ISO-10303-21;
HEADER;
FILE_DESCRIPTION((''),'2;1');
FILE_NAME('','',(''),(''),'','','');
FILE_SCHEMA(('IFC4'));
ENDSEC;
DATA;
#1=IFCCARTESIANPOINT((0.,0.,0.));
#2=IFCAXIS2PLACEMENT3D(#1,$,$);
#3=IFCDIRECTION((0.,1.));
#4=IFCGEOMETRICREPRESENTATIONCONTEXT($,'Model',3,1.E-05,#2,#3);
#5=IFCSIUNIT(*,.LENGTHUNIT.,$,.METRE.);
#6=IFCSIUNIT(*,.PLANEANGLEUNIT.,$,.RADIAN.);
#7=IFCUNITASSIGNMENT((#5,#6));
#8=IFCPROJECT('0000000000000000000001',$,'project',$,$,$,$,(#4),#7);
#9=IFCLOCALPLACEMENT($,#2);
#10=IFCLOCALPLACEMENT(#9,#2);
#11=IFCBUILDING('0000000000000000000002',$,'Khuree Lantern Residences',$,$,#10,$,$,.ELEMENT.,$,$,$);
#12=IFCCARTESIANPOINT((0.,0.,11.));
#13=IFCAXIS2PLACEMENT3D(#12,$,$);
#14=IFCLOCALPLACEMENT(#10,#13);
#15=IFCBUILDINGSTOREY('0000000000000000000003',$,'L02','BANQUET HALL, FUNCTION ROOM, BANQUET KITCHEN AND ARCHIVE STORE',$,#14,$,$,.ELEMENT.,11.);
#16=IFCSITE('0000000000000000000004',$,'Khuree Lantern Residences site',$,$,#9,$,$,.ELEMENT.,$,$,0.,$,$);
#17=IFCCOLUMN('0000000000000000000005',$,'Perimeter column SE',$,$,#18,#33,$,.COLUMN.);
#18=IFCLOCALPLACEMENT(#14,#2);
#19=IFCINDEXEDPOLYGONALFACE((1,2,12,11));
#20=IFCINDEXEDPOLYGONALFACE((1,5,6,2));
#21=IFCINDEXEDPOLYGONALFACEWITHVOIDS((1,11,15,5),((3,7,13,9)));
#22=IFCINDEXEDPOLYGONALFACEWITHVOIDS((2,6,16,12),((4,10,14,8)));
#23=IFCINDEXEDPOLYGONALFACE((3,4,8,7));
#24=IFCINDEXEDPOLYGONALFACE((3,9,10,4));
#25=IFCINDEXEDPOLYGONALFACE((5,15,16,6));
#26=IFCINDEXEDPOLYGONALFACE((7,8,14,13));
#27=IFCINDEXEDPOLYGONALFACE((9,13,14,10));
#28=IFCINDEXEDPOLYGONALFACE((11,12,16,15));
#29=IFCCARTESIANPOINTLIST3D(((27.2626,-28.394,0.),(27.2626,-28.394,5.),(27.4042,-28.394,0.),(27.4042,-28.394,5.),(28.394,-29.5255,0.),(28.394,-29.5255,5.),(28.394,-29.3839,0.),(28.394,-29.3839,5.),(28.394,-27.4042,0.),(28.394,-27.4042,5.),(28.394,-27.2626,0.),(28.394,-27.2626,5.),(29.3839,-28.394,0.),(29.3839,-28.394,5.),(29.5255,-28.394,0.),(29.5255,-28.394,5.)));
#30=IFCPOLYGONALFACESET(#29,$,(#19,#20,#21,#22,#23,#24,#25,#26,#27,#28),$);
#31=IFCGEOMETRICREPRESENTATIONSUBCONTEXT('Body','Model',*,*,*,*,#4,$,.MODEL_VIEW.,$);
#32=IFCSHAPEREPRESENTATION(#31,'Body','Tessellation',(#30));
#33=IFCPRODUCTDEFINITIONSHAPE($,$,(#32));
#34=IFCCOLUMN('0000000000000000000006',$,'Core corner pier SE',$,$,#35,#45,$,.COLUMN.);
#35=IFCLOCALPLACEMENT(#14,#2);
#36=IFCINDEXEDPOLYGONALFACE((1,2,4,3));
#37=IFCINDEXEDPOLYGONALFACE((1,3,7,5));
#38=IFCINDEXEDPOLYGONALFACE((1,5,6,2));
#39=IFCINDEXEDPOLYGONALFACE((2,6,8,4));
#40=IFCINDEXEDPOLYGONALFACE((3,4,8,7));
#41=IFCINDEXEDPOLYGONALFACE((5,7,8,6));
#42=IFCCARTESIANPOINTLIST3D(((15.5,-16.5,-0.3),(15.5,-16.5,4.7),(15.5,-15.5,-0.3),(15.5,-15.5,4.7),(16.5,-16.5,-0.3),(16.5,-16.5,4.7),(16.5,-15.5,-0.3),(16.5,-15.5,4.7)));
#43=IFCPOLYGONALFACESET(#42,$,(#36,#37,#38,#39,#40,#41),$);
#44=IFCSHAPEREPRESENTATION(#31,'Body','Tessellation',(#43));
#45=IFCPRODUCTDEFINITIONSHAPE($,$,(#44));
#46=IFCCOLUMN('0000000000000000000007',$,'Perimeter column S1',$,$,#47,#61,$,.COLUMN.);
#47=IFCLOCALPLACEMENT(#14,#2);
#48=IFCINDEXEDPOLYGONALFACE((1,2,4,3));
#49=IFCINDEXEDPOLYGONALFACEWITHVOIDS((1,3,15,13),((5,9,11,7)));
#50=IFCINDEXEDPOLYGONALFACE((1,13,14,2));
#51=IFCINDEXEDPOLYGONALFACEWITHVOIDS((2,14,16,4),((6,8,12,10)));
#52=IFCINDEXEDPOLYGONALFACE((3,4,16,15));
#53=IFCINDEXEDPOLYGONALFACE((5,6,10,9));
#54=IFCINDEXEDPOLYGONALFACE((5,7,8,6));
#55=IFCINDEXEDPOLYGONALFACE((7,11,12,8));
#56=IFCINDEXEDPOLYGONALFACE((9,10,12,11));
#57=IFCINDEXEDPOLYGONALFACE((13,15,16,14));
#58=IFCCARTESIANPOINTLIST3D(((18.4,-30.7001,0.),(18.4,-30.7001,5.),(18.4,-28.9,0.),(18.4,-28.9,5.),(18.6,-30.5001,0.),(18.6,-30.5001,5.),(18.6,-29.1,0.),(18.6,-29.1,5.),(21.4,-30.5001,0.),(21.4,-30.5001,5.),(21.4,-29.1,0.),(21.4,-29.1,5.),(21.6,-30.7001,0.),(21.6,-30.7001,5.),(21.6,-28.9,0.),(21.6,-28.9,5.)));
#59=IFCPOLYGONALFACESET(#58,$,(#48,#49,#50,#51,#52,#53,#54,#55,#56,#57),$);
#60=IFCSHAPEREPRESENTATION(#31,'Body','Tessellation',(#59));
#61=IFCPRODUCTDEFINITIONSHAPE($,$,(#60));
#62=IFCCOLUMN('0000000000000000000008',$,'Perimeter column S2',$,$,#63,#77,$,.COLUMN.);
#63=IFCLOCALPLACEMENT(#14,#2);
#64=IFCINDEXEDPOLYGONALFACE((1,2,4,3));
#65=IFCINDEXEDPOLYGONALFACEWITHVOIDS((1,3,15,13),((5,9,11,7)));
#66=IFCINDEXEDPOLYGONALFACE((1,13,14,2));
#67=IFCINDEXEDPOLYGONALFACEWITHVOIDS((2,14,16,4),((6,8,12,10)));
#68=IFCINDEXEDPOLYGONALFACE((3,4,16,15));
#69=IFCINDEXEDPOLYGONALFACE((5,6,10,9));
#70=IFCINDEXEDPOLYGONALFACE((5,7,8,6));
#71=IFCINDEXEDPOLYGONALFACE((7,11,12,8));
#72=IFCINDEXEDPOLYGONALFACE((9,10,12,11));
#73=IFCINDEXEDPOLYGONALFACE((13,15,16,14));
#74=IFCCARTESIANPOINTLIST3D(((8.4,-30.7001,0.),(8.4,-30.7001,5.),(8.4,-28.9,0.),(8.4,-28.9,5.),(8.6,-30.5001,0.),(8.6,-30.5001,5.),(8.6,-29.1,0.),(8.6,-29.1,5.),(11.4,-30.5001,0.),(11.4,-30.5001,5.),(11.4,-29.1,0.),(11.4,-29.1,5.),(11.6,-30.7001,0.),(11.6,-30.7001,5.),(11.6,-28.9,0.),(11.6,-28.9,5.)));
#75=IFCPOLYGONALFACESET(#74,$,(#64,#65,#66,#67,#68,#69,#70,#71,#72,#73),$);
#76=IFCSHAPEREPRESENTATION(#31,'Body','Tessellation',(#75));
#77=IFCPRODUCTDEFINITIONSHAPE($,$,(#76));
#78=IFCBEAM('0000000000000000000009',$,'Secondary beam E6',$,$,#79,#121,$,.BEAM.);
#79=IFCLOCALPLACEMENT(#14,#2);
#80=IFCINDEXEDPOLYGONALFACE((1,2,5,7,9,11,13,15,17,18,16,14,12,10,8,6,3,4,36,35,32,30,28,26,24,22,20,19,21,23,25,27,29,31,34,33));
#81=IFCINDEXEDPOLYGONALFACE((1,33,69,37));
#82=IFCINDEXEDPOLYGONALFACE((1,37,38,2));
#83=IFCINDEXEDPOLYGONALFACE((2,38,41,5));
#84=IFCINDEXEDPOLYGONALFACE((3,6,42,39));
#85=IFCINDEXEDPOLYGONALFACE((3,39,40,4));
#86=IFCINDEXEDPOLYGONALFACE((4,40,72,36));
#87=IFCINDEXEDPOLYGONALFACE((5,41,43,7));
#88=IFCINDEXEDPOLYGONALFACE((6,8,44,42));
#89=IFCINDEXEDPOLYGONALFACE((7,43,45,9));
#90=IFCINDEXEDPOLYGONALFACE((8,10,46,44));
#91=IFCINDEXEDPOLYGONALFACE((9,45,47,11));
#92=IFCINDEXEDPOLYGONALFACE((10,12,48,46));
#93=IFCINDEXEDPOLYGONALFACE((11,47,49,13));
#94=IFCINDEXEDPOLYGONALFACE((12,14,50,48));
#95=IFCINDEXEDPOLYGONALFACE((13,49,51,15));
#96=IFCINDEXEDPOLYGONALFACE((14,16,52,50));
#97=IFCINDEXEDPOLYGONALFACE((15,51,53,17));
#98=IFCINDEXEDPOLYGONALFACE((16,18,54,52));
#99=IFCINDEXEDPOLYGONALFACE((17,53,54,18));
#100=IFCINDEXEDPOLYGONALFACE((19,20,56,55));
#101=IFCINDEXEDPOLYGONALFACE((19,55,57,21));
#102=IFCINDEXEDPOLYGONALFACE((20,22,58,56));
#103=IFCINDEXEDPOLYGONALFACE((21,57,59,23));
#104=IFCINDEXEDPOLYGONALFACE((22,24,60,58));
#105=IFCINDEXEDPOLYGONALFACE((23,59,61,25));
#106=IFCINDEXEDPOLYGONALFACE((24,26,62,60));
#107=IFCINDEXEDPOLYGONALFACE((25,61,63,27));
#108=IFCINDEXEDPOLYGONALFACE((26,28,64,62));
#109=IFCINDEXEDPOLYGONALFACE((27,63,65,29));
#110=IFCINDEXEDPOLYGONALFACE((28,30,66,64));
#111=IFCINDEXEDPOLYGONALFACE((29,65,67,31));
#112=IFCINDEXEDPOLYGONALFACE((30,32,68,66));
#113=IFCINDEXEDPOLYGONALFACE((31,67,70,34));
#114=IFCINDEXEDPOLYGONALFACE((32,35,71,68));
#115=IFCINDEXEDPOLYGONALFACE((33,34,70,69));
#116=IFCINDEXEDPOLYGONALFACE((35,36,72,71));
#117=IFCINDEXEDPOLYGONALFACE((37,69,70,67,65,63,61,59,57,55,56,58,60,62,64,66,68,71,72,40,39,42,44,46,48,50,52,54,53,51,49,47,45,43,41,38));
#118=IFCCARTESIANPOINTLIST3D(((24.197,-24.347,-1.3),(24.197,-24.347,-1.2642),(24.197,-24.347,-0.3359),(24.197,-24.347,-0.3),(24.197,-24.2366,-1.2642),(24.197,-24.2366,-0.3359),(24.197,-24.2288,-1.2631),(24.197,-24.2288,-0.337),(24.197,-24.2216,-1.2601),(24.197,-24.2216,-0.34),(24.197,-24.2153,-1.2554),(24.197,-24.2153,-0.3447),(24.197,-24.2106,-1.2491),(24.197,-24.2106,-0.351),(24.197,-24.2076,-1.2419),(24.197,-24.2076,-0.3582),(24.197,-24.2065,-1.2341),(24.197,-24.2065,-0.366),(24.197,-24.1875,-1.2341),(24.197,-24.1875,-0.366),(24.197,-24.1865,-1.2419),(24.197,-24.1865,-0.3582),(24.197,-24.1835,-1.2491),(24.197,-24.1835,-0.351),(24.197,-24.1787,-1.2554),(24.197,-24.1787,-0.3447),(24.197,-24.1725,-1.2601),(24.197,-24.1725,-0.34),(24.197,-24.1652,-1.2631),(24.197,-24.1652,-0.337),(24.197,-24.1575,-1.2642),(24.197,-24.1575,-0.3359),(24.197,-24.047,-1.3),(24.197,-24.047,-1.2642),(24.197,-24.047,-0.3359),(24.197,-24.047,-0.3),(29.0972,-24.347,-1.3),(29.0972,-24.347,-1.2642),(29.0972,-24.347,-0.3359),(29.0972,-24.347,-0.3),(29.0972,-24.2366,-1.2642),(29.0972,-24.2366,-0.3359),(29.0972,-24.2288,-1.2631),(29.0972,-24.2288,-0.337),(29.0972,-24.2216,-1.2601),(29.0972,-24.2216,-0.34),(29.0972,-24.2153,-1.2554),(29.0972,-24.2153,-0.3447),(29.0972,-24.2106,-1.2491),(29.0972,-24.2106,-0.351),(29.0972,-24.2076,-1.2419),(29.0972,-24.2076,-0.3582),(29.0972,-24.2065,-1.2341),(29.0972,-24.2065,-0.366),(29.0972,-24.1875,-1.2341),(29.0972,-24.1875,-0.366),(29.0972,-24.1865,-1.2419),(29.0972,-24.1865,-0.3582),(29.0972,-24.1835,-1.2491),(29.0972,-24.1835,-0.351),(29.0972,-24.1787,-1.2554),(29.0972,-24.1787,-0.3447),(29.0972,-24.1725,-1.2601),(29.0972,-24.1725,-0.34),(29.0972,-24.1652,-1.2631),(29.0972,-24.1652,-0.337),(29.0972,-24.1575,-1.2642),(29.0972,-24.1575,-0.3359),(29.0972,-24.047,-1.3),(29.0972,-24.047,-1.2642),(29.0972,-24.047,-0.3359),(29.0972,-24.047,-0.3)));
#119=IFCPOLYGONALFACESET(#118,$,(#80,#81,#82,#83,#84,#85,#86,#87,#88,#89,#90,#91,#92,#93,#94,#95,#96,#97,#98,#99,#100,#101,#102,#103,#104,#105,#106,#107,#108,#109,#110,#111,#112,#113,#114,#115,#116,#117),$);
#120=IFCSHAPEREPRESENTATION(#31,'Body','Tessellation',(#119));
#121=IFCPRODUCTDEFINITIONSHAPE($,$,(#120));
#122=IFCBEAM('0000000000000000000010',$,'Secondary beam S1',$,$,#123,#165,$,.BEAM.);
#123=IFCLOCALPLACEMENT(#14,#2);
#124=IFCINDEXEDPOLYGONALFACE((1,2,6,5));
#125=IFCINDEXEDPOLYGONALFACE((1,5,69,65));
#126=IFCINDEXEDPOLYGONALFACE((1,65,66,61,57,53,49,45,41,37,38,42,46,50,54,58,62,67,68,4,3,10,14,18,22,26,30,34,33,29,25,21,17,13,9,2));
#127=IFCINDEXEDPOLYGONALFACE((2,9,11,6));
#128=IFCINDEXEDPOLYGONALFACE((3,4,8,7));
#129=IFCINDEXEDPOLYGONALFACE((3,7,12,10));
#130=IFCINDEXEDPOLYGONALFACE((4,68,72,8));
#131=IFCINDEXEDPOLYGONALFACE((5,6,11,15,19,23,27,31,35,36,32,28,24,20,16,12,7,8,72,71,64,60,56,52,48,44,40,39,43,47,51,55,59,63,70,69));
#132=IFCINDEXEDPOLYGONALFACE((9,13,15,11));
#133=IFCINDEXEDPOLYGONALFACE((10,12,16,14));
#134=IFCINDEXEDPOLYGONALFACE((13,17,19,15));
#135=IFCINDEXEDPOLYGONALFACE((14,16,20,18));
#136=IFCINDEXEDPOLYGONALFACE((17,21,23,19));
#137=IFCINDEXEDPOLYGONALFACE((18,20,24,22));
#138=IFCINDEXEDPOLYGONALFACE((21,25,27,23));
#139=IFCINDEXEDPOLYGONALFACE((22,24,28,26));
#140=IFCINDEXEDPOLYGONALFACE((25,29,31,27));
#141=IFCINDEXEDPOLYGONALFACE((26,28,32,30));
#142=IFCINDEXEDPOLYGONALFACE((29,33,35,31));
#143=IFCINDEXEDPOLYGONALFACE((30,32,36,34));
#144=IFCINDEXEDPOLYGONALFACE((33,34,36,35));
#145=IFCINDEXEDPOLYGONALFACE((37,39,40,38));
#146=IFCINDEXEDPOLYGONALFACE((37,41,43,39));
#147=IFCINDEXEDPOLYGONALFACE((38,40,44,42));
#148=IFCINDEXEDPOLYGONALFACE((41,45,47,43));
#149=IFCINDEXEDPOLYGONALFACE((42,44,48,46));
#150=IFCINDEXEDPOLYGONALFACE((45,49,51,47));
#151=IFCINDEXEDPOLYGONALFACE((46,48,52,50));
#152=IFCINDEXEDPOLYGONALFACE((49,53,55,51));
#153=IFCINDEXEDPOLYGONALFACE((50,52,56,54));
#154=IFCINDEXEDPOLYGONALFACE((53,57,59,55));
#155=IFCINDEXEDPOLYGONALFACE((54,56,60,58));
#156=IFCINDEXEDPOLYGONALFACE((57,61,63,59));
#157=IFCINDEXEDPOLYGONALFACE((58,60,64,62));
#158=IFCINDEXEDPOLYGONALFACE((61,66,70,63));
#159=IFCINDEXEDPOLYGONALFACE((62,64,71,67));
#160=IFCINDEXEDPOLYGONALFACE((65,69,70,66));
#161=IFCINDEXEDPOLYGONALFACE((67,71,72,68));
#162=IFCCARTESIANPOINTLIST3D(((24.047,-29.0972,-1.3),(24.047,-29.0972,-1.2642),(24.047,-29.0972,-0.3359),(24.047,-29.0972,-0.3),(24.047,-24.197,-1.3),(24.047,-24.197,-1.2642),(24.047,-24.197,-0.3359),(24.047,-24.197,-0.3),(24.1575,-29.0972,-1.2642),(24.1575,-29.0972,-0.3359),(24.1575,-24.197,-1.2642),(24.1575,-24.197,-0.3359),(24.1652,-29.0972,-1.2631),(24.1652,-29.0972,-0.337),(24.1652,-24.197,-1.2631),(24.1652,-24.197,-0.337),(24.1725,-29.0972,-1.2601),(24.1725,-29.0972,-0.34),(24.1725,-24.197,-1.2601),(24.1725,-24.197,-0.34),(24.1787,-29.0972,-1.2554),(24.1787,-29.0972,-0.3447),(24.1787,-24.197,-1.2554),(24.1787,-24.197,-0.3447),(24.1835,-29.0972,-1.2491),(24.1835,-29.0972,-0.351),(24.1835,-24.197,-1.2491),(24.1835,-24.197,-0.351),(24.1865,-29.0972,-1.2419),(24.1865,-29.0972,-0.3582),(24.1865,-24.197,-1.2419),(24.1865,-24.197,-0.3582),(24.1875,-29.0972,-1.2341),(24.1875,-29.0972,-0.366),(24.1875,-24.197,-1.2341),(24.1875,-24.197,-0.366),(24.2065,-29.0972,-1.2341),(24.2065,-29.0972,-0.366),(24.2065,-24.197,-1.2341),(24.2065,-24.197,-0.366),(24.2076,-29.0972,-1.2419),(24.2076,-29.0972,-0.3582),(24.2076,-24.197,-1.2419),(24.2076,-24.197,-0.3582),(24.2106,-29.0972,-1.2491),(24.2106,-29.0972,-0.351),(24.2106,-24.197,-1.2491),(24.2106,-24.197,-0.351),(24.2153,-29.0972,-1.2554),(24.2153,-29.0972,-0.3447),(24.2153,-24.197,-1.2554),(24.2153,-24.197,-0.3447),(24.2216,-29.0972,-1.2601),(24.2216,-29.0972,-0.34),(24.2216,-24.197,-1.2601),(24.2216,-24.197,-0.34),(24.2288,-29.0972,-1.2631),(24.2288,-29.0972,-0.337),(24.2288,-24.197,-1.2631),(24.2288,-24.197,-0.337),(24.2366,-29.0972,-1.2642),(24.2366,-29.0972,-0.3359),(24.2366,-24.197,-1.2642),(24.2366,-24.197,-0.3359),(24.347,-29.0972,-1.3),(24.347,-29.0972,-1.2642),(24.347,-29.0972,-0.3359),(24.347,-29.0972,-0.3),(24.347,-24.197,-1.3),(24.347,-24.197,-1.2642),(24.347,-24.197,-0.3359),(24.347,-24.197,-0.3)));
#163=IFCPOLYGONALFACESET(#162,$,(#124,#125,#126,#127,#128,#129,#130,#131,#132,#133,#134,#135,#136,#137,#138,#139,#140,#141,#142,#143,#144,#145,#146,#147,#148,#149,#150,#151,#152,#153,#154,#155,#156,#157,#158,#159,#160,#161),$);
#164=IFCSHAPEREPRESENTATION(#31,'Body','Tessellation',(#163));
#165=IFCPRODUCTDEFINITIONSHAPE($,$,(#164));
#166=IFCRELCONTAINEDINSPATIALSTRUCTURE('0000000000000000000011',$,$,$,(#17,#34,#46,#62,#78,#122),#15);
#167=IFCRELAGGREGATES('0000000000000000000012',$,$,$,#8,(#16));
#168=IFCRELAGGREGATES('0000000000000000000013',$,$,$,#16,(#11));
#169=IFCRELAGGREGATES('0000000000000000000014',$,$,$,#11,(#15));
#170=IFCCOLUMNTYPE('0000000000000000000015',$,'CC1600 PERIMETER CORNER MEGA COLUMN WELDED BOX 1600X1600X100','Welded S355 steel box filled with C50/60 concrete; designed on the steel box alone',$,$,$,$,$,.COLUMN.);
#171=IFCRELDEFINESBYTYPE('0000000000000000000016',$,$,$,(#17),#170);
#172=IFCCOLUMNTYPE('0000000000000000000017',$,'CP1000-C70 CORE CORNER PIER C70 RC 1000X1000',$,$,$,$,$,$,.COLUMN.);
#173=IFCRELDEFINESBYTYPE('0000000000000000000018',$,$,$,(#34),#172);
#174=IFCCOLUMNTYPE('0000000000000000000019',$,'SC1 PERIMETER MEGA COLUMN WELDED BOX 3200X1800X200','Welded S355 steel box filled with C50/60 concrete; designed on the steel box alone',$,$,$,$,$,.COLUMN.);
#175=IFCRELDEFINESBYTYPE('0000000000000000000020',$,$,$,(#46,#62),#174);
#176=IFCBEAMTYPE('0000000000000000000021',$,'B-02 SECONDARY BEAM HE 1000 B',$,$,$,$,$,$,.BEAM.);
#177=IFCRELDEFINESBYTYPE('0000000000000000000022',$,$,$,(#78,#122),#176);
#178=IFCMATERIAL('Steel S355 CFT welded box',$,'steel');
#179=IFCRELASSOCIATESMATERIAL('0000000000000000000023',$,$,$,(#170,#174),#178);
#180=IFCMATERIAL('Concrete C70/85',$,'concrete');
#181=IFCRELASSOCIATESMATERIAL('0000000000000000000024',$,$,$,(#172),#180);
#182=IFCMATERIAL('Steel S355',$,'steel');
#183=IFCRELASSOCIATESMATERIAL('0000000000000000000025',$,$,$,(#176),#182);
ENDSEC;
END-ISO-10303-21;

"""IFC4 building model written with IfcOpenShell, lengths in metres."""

from ifc_helpers import new_model, si_unit, direction, frame, origin, origin_2d, place, context, subcontext, project, spatial, rectangle, hollow_rectangle, i_section, extrude, material, material_profile, profile_set, type_object, element, save


model = new_model("IFC4")

# Units and contexts
model_context = context("Model", 3, precision=1e-05, world=origin(), true_north=direction((0.0, 1.0)))
body_context = subcontext(model_context, "Body", "Model", "MODEL_VIEW")
ifc_project = project(units=[si_unit("LENGTHUNIT", "METRE"), si_unit("PLANEANGLEUNIT", "RADIAN")], contexts=[model_context])

# Site, building, storey
site_placement = place(None, origin())
site = spatial("IfcSite", under=ifc_project, at=site_placement, Name="Khuree Lantern Residences site", CompositionType="ELEMENT", RefElevation=0.0)
building_placement = place(site_placement, origin())
building = spatial("IfcBuilding", under=site, at=building_placement, Name="Khuree Lantern Residences", CompositionType="ELEMENT")
storey_placement = place(building_placement, frame((0.0, 0.0, 11.0)))
storey = spatial("IfcBuildingStorey", under=building, at=storey_placement, Name="L02", Description="BANQUET HALL, FUNCTION ROOM, BANQUET KITCHEN AND ARCHIVE STORE", CompositionType="ELEMENT", Elevation=11.0)

# Columns
ifc_material_1 = material(Name="Steel S355 CFT welded box", Category="steel")
ifc_material_profile_1 = material_profile(ifc_material_1, hollow_rectangle(XDim=1.6001, YDim=1.6001, WallThickness=0.1001, at=origin_2d()), Name="WELDED BOX 1600X1600X100")
ifc_profile_set_1 = profile_set([ifc_material_profile_1], Name="Steel S355 CFT welded box")
column_type_1 = type_object("IfcColumnType", Name="CC1600 PERIMETER CORNER MEGA COLUMN WELDED BOX 1600X1600X100", Description="Welded S355 steel box filled with C50/60 concrete; designed on the steel box alone", PredefinedType="COLUMN", material=ifc_profile_set_1)
column_1_placement = place(storey_placement, frame((28.394, -28.394, 0.0), z_axis=(0.0, 0.0, 1.0), x_axis=(0.707107, 0.707107, 0.0)))
element("IfcColumn", 1, at=column_1_placement, inside=storey, type_object=column_type_1, Name="Perimeter column SE", PredefinedType="COLUMN", context=body_context, shape_type="SweptSolid", body=[
    extrude(hollow_rectangle(XDim=1.6001, YDim=1.6001, WallThickness=0.1001, at=origin_2d()), origin(), (0.0, 0.0, 1.0), 5.0),
])
ifc_material_2 = material(Name="Concrete C70/85", Category="concrete")
ifc_material_profile_2 = material_profile(ifc_material_2, rectangle(XDim=1.0, YDim=1.0, at=origin_2d()), Name="RC 1000X1000")
ifc_profile_set_2 = profile_set([ifc_material_profile_2], Name="Concrete C70/85")
column_type_2 = type_object("IfcColumnType", Name="CP1000-C70 CORE CORNER PIER C70 RC 1000X1000", PredefinedType="COLUMN", material=ifc_profile_set_2)
column_2_placement = place(storey_placement, frame((16.0, -16.0, -0.3), z_axis=(0.0, 0.0, 1.0), x_axis=(1.0, 0.0, 0.0)))
element("IfcColumn", 2, at=column_2_placement, inside=storey, type_object=column_type_2, Name="Core corner pier SE", PredefinedType="COLUMN", context=body_context, shape_type="SweptSolid", body=[
    extrude(rectangle(XDim=1.0, YDim=1.0, at=origin_2d()), origin(), (0.0, 0.0, 1.0), 5.0),
])
ifc_material_profile_3 = material_profile(ifc_material_1, hollow_rectangle(XDim=3.2, YDim=1.8, WallThickness=0.2, at=origin_2d()), Name="WELDED BOX 3200X1800X200")
ifc_profile_set_3 = profile_set([ifc_material_profile_3], Name="Steel S355 CFT welded box")
column_type_3 = type_object("IfcColumnType", Name="SC1 PERIMETER MEGA COLUMN WELDED BOX 3200X1800X200", Description="Welded S355 steel box filled with C50/60 concrete; designed on the steel box alone", PredefinedType="COLUMN", material=ifc_profile_set_3)
for number, where, z_axis, x_axis, name in (
    (3, (20.0, -29.8, 0.0), (0.0, 0.0, 1.0), (1.0, 0.0, 0.0), "Perimeter column S1"),
    (4, (10.0, -29.8, 0.0), (0.0, 0.0, 1.0), (1.0, 0.0, 0.0), "Perimeter column S2"),
):
    element("IfcColumn", number, at=place(storey_placement, frame(where, z_axis=z_axis, x_axis=x_axis)), inside=storey, type_object=column_type_3, Name=name, PredefinedType="COLUMN", context=body_context, shape_type="SweptSolid", body=[
        extrude(hollow_rectangle(XDim=3.2, YDim=1.8, WallThickness=0.2, at=origin_2d()), origin(), (0.0, 0.0, 1.0), 5.0),
    ])

# Beams
ifc_material_3 = material(Name="Steel S355", Category="steel")
ifc_material_profile_4 = material_profile(ifc_material_3, i_section(OverallWidth=0.3, OverallDepth=1.0, WebThickness=0.019, FlangeThickness=0.0359, FilletRadius=0.03, at=origin_2d()), Name="HE 1000 B")
ifc_profile_set_4 = profile_set([ifc_material_profile_4], Name="Steel S355")
beam_type_1 = type_object("IfcBeamType", Name="B-02 SECONDARY BEAM HE 1000 B", PredefinedType="BEAM", material=ifc_profile_set_4)
for number, where, z_axis, x_axis, name in (
    (5, (29.0972, -24.197, -0.8), (-1.0, 0.0, 0.0), (0.0, -1.0, 0.0), "Secondary beam E6"),
    (6, (24.197, -29.0972, -0.8), (0.0, 1.0, 0.0), (-1.0, 0.0, 0.0), "Secondary beam S1"),
):
    element("IfcBeam", number, at=place(storey_placement, frame(where, z_axis=z_axis, x_axis=x_axis)), inside=storey, type_object=beam_type_1, Name=name, PredefinedType="BEAM", context=body_context, shape_type="SweptSolid", body=[
        extrude(i_section(OverallWidth=0.3, OverallDepth=1.0, WebThickness=0.019, FlangeThickness=0.0359, FilletRadius=0.03, at=origin_2d()), origin(), (0.0, 0.0, 1.0), 4.9001),
    ])

save(model, "model.ifc")
